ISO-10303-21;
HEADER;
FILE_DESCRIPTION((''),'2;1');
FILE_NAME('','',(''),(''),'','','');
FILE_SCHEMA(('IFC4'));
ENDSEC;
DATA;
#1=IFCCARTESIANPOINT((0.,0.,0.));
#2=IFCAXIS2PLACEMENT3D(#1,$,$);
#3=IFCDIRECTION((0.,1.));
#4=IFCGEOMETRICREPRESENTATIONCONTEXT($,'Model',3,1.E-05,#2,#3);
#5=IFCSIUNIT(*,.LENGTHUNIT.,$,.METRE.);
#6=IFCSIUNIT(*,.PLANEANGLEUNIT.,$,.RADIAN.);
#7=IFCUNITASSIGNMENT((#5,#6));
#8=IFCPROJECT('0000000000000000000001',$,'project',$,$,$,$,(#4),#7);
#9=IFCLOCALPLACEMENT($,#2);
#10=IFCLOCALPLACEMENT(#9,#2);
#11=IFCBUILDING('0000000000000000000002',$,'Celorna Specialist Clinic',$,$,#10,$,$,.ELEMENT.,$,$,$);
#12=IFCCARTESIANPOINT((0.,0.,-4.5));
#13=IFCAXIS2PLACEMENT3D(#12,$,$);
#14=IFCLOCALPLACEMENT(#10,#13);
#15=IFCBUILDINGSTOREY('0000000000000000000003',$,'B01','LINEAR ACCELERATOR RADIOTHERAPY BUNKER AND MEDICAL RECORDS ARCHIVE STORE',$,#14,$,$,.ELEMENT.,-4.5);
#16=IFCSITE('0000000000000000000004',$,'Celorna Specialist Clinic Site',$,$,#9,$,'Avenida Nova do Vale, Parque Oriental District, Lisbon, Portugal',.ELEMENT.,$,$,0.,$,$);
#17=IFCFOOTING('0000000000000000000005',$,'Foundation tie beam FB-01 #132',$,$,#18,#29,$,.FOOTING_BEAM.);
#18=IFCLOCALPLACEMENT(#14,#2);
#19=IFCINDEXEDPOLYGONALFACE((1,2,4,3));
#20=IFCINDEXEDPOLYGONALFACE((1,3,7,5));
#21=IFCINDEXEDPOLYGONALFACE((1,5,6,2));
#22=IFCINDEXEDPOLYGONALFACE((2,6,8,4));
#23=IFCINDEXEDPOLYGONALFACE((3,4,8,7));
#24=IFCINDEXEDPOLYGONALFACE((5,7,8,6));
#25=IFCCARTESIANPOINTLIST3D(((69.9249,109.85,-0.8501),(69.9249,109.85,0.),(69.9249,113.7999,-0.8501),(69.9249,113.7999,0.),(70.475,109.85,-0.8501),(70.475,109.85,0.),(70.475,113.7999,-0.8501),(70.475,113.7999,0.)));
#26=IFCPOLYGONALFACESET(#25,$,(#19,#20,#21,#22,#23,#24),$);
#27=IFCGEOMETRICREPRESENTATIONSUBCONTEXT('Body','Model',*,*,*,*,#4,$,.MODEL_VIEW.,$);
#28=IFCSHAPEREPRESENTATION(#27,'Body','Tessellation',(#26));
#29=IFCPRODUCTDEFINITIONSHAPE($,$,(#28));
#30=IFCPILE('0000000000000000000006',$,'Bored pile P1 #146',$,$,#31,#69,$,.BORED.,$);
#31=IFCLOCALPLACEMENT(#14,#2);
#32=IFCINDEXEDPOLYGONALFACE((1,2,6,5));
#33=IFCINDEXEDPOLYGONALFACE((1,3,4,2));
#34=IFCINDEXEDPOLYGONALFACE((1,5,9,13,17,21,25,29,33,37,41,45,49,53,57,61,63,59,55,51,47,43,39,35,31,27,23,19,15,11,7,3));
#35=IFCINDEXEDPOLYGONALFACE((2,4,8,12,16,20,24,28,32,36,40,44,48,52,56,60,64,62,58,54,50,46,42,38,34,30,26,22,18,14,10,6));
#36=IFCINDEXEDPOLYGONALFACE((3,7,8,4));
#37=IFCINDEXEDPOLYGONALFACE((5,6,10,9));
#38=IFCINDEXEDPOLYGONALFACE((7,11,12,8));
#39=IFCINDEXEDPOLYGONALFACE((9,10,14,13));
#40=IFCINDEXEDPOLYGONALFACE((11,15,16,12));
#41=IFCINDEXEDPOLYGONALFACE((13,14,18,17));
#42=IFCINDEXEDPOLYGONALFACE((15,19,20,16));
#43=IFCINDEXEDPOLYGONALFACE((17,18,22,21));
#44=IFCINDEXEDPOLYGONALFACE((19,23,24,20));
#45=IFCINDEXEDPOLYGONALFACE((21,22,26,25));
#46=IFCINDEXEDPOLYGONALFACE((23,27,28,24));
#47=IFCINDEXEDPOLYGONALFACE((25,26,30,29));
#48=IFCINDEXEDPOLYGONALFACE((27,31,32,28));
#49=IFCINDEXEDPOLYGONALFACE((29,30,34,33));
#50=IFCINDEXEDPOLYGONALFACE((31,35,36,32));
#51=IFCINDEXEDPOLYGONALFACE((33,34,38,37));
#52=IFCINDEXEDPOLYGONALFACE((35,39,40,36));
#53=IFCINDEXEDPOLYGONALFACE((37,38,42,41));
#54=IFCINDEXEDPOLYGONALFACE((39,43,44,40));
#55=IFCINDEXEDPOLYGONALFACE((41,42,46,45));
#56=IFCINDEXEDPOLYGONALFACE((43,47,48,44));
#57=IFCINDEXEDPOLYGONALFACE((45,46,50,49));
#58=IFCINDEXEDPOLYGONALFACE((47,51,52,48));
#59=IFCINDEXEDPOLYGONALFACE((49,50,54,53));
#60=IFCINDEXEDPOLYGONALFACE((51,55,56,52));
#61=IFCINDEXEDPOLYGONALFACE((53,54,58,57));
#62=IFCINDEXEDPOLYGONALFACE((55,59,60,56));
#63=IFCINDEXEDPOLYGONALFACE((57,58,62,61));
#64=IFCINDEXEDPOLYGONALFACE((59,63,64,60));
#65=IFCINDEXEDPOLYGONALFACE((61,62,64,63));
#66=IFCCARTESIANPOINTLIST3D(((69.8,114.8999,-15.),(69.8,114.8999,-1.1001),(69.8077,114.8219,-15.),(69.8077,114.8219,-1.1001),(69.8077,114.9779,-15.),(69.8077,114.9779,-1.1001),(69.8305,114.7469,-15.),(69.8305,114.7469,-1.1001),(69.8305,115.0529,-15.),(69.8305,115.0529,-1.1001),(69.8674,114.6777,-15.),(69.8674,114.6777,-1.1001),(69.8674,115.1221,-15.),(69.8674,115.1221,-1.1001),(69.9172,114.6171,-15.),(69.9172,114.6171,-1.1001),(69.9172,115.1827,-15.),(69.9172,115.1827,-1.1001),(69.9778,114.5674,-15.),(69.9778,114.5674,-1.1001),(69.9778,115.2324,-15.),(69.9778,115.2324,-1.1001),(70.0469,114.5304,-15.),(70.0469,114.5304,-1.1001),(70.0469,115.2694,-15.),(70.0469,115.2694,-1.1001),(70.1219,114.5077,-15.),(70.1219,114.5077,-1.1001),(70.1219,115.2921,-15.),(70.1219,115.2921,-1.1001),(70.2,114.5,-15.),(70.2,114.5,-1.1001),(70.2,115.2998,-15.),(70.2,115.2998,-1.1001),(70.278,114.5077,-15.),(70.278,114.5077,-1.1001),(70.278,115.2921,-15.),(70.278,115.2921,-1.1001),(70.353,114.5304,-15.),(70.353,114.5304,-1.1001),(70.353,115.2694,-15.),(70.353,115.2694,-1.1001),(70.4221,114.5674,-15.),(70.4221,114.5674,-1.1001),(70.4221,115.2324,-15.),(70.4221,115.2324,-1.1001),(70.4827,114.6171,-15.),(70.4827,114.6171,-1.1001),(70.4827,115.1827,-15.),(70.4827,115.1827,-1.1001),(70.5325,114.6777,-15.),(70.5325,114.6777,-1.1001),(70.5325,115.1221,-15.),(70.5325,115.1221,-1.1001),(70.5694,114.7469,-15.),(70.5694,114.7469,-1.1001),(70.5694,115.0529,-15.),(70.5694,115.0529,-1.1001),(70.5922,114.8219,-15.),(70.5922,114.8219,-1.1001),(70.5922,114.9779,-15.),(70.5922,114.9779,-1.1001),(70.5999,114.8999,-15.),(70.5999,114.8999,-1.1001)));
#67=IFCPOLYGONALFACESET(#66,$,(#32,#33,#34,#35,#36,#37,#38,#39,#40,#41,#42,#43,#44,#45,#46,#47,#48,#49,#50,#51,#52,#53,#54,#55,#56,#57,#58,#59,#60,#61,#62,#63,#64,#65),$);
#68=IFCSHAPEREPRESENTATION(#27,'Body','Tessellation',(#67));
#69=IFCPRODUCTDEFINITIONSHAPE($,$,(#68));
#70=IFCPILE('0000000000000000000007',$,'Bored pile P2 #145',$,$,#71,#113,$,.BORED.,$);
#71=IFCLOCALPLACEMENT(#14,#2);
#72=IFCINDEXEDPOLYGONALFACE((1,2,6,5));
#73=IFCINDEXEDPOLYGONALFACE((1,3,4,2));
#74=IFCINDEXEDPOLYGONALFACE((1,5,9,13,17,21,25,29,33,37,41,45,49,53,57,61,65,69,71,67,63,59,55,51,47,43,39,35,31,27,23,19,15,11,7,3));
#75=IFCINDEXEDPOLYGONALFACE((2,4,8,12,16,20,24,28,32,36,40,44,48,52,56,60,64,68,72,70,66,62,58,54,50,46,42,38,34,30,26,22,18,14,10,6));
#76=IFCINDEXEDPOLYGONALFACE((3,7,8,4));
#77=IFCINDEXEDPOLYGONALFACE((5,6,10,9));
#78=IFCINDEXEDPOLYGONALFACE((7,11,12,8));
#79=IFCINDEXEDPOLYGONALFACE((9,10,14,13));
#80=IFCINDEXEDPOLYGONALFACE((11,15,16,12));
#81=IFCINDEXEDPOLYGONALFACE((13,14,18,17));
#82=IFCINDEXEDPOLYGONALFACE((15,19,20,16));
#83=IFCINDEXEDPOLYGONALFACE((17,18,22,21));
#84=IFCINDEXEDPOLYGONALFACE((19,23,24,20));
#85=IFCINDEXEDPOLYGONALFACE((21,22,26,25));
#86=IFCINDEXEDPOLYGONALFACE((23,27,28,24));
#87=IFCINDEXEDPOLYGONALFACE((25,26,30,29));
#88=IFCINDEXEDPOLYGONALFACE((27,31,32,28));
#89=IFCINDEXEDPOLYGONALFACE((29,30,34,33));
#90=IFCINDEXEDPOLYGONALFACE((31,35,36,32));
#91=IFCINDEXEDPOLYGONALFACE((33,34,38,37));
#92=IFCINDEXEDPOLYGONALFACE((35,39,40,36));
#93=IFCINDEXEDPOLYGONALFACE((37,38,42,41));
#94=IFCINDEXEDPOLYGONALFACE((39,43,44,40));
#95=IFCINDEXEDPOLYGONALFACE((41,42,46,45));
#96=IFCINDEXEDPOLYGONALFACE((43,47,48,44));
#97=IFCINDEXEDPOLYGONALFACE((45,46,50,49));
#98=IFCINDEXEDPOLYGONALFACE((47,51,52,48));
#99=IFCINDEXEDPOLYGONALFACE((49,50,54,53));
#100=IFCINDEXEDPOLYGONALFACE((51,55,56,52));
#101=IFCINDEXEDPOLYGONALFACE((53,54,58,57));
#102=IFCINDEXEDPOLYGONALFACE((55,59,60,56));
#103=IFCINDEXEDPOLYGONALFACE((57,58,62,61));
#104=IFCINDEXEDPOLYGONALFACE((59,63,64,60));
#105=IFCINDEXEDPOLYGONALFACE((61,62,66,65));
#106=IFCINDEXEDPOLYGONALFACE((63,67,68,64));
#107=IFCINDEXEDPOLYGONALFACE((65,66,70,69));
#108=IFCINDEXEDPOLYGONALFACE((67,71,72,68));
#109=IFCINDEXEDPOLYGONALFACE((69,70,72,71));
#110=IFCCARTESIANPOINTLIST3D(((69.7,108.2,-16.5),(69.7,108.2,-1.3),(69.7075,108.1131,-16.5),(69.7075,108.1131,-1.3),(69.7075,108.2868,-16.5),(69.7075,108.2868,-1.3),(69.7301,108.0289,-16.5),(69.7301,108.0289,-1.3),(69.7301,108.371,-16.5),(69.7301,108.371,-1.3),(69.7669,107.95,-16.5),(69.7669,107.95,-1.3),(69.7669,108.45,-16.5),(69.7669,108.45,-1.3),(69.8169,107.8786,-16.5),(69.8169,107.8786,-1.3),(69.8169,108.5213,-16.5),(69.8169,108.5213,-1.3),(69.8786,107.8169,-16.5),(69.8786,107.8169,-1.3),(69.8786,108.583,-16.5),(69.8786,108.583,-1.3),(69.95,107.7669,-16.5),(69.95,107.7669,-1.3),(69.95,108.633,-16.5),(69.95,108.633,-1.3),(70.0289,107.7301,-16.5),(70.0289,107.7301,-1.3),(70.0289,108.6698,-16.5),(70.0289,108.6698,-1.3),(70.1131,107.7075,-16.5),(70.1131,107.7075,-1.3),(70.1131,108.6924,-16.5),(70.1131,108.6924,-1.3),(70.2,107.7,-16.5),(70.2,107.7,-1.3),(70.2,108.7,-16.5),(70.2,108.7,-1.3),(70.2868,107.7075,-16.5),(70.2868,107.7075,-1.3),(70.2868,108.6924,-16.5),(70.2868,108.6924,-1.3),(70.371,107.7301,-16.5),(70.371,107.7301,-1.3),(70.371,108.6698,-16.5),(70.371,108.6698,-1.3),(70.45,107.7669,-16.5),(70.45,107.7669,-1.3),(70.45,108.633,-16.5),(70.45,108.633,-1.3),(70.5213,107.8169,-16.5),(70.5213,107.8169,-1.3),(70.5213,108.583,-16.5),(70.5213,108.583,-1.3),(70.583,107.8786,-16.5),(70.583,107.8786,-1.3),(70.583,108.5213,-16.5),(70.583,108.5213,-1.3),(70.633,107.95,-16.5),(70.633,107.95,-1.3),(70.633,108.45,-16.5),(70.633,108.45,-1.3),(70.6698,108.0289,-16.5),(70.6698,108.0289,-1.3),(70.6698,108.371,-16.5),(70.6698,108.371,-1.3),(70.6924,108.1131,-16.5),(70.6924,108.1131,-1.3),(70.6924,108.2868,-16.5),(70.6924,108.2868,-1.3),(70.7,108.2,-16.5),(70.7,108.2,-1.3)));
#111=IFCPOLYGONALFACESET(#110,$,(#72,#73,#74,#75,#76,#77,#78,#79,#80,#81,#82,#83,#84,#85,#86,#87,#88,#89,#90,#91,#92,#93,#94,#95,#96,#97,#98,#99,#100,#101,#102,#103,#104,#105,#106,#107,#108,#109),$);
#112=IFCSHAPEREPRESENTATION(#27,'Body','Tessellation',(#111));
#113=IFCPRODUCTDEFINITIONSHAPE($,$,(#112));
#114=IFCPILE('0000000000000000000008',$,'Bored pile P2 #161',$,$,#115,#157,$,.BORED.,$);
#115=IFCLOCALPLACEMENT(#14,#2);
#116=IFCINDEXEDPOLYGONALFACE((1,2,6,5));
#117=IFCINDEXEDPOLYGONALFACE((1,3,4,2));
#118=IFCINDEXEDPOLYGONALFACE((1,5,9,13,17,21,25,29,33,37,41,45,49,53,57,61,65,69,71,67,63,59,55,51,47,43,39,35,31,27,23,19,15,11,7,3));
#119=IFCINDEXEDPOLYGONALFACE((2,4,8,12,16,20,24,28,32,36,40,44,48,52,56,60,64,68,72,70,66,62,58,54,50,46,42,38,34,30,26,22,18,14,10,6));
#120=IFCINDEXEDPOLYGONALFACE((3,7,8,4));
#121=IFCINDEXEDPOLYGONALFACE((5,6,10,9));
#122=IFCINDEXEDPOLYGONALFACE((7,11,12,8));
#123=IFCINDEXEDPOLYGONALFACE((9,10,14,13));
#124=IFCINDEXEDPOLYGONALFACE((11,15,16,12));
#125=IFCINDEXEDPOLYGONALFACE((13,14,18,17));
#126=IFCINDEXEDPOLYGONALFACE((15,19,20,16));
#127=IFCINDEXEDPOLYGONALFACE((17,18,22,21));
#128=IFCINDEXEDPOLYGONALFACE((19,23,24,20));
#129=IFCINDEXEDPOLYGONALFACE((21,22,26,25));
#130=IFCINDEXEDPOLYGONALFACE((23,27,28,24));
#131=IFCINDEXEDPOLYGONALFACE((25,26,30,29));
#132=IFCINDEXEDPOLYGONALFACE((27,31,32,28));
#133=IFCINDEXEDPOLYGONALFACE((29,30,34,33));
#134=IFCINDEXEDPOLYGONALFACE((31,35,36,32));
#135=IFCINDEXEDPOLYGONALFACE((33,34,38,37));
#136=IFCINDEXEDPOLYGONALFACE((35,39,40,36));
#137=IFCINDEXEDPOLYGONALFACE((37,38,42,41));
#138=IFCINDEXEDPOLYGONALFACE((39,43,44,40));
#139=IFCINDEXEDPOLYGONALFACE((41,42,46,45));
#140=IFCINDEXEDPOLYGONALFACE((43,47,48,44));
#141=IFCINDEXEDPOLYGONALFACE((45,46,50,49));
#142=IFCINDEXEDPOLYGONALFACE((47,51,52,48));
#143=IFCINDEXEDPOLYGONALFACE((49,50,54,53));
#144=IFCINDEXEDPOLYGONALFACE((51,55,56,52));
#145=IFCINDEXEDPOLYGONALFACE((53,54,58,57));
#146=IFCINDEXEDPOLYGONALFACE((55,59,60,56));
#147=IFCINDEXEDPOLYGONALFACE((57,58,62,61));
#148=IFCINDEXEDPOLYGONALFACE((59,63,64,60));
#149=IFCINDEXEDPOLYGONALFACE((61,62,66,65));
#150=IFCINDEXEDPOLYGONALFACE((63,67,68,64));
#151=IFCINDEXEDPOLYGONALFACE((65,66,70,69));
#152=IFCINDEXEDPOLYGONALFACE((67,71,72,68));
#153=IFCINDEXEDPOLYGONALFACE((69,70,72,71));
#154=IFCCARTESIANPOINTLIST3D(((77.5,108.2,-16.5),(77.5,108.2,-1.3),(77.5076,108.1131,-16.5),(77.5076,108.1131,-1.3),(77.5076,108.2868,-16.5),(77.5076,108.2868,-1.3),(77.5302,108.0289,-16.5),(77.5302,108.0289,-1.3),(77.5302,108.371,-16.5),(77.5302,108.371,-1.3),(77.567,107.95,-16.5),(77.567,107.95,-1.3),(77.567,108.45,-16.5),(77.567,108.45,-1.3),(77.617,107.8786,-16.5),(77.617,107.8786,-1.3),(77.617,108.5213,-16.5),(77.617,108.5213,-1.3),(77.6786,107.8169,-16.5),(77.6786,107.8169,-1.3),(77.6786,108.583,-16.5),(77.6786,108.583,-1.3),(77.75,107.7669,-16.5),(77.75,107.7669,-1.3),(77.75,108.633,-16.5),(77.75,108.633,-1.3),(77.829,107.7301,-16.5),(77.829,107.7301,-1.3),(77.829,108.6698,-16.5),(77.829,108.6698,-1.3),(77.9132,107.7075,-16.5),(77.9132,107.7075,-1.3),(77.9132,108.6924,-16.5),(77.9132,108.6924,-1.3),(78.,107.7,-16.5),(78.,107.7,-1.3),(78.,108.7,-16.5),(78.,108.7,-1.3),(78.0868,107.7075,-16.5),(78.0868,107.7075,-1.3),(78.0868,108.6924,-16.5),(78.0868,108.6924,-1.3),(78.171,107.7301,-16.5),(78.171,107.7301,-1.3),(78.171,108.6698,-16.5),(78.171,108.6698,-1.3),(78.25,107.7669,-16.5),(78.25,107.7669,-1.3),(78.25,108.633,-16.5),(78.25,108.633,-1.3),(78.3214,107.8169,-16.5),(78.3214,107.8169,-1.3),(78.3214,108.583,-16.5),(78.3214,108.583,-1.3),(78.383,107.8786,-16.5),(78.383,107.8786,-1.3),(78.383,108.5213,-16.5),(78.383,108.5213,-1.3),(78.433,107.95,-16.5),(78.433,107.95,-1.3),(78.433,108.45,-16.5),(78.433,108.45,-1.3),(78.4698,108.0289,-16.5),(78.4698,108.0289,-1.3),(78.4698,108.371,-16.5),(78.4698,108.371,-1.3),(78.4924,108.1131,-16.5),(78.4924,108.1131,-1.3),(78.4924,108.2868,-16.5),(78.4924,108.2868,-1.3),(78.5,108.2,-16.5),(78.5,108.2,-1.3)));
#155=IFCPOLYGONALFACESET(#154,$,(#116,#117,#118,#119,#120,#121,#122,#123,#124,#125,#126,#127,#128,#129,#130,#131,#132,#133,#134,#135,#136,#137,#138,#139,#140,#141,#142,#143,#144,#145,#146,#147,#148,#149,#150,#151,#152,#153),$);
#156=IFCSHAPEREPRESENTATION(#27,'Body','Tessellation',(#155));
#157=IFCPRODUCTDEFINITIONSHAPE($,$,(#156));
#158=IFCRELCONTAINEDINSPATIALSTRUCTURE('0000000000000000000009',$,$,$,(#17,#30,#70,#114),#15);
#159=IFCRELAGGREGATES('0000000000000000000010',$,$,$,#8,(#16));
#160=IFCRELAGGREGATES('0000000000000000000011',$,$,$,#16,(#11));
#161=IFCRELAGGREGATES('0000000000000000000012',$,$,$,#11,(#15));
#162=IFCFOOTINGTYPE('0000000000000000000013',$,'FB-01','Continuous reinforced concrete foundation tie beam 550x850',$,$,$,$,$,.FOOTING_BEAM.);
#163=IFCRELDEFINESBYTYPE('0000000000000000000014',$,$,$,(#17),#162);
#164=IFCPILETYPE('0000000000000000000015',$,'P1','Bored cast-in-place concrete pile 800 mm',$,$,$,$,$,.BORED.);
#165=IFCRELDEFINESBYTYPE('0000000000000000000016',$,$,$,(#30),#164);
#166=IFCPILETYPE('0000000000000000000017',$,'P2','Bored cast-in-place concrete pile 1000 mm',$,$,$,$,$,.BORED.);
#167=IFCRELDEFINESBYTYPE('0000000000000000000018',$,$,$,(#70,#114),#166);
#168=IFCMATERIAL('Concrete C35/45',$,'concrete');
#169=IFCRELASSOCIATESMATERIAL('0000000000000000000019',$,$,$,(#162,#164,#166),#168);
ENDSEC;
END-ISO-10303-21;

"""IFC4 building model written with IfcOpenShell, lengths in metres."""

from ifc_helpers import new_model, si_unit, direction, frame, origin, origin_2d, place, context, subcontext, project, spatial, rectangle, circle, extrude, material, material_profile, profile_set, type_object, element, save


model = new_model("IFC4")

# Units and contexts
model_context = context("Model", 3, precision=1e-05, world=origin(), true_north=direction((0.0, 1.0)))
body_context = subcontext(model_context, "Body", "Model", "MODEL_VIEW")
ifc_project = project(units=[si_unit("LENGTHUNIT", "METRE"), si_unit("PLANEANGLEUNIT", "RADIAN")], contexts=[model_context])

# Site, building, storey
site_placement = place(None, origin())
site = spatial("IfcSite", under=ifc_project, at=site_placement, Name="Celorna Specialist Clinic Site", LongName="Avenida Nova do Vale, Parque Oriental District, Lisbon, Portugal", CompositionType="ELEMENT", RefElevation=0.0)
building_placement = place(site_placement, origin())
building = spatial("IfcBuilding", under=site, at=building_placement, Name="Celorna Specialist Clinic", CompositionType="ELEMENT")
storey_placement = place(building_placement, frame((0.0, 0.0, -4.5)))
storey = spatial("IfcBuildingStorey", under=building, at=storey_placement, Name="B01", Description="LINEAR ACCELERATOR RADIOTHERAPY BUNKER AND MEDICAL RECORDS ARCHIVE STORE", CompositionType="ELEMENT", Elevation=-4.5)

# Footing
ifc_material_1 = material(Name="Concrete C35/45", Category="concrete")
footing_type_1 = type_object("IfcFootingType", Name="FB-01", Description="Continuous reinforced concrete foundation tie beam 550x850", PredefinedType="FOOTING_BEAM", material=ifc_material_1)
footing_1_placement = place(storey_placement, frame((70.2, 111.825, -0.8501), z_axis=(0.0, 0.0, 1.0), x_axis=(0.0, 1.0, 0.0)))
element("IfcFooting", 1, at=footing_1_placement, inside=storey, type_object=footing_type_1, Name="Foundation tie beam FB-01 #132", PredefinedType="FOOTING_BEAM", context=body_context, shape_type="SweptSolid", body=[
    extrude(rectangle(XDim=3.95, YDim=0.55, at=origin_2d()), origin(), (0.0, 0.0, 1.0), 0.8501),
])

# Piles
ifc_material_profile_1 = material_profile(ifc_material_1, circle(Radius=0.3999, at=origin_2d()), Name="BORED PILE 800")
ifc_profile_set_1 = profile_set([ifc_material_profile_1], Name="Concrete C35/45")
pile_type_1 = type_object("IfcPileType", Name="P1", Description="Bored cast-in-place concrete pile 800 mm", PredefinedType="BORED", material=ifc_profile_set_1)
pile_1_placement = place(storey_placement, frame((70.2, 114.8999, -1.1001), z_axis=(0.0, 0.0, -1.0), x_axis=(1.0, 0.0, 0.0)))
element("IfcPile", 2, at=pile_1_placement, inside=storey, type_object=pile_type_1, Name="Bored pile P1 #146", PredefinedType="BORED", context=body_context, shape_type="SweptSolid", body=[
    extrude(circle(Radius=0.3999, at=origin_2d()), origin(), (0.0, 0.0, 1.0), 13.8999),
])
ifc_material_profile_2 = material_profile(ifc_material_1, circle(Radius=0.5, at=origin_2d()), Name="BORED PILE 1000")
ifc_profile_set_2 = profile_set([ifc_material_profile_2], Name="Concrete C35/45")
pile_type_2 = type_object("IfcPileType", Name="P2", Description="Bored cast-in-place concrete pile 1000 mm", PredefinedType="BORED", material=ifc_profile_set_2)
for number, where, z_axis, x_axis, name in (
    (3, (70.2, 108.2, -1.3), (0.0, 0.0, -1.0), (1.0, 0.0, 0.0), "Bored pile P2 #145"),
    (4, (78.0, 108.2, -1.3), (0.0, 0.0, -1.0), (1.0, 0.0, 0.0), "Bored pile P2 #161"),
):
    element("IfcPile", number, at=place(storey_placement, frame(where, z_axis=z_axis, x_axis=x_axis)), inside=storey, type_object=pile_type_2, Name=name, PredefinedType="BORED", context=body_context, shape_type="SweptSolid", body=[
        extrude(circle(Radius=0.5, at=origin_2d()), origin(), (0.0, 0.0, 1.0), 15.2),
    ])

save(model, "model.ifc")
